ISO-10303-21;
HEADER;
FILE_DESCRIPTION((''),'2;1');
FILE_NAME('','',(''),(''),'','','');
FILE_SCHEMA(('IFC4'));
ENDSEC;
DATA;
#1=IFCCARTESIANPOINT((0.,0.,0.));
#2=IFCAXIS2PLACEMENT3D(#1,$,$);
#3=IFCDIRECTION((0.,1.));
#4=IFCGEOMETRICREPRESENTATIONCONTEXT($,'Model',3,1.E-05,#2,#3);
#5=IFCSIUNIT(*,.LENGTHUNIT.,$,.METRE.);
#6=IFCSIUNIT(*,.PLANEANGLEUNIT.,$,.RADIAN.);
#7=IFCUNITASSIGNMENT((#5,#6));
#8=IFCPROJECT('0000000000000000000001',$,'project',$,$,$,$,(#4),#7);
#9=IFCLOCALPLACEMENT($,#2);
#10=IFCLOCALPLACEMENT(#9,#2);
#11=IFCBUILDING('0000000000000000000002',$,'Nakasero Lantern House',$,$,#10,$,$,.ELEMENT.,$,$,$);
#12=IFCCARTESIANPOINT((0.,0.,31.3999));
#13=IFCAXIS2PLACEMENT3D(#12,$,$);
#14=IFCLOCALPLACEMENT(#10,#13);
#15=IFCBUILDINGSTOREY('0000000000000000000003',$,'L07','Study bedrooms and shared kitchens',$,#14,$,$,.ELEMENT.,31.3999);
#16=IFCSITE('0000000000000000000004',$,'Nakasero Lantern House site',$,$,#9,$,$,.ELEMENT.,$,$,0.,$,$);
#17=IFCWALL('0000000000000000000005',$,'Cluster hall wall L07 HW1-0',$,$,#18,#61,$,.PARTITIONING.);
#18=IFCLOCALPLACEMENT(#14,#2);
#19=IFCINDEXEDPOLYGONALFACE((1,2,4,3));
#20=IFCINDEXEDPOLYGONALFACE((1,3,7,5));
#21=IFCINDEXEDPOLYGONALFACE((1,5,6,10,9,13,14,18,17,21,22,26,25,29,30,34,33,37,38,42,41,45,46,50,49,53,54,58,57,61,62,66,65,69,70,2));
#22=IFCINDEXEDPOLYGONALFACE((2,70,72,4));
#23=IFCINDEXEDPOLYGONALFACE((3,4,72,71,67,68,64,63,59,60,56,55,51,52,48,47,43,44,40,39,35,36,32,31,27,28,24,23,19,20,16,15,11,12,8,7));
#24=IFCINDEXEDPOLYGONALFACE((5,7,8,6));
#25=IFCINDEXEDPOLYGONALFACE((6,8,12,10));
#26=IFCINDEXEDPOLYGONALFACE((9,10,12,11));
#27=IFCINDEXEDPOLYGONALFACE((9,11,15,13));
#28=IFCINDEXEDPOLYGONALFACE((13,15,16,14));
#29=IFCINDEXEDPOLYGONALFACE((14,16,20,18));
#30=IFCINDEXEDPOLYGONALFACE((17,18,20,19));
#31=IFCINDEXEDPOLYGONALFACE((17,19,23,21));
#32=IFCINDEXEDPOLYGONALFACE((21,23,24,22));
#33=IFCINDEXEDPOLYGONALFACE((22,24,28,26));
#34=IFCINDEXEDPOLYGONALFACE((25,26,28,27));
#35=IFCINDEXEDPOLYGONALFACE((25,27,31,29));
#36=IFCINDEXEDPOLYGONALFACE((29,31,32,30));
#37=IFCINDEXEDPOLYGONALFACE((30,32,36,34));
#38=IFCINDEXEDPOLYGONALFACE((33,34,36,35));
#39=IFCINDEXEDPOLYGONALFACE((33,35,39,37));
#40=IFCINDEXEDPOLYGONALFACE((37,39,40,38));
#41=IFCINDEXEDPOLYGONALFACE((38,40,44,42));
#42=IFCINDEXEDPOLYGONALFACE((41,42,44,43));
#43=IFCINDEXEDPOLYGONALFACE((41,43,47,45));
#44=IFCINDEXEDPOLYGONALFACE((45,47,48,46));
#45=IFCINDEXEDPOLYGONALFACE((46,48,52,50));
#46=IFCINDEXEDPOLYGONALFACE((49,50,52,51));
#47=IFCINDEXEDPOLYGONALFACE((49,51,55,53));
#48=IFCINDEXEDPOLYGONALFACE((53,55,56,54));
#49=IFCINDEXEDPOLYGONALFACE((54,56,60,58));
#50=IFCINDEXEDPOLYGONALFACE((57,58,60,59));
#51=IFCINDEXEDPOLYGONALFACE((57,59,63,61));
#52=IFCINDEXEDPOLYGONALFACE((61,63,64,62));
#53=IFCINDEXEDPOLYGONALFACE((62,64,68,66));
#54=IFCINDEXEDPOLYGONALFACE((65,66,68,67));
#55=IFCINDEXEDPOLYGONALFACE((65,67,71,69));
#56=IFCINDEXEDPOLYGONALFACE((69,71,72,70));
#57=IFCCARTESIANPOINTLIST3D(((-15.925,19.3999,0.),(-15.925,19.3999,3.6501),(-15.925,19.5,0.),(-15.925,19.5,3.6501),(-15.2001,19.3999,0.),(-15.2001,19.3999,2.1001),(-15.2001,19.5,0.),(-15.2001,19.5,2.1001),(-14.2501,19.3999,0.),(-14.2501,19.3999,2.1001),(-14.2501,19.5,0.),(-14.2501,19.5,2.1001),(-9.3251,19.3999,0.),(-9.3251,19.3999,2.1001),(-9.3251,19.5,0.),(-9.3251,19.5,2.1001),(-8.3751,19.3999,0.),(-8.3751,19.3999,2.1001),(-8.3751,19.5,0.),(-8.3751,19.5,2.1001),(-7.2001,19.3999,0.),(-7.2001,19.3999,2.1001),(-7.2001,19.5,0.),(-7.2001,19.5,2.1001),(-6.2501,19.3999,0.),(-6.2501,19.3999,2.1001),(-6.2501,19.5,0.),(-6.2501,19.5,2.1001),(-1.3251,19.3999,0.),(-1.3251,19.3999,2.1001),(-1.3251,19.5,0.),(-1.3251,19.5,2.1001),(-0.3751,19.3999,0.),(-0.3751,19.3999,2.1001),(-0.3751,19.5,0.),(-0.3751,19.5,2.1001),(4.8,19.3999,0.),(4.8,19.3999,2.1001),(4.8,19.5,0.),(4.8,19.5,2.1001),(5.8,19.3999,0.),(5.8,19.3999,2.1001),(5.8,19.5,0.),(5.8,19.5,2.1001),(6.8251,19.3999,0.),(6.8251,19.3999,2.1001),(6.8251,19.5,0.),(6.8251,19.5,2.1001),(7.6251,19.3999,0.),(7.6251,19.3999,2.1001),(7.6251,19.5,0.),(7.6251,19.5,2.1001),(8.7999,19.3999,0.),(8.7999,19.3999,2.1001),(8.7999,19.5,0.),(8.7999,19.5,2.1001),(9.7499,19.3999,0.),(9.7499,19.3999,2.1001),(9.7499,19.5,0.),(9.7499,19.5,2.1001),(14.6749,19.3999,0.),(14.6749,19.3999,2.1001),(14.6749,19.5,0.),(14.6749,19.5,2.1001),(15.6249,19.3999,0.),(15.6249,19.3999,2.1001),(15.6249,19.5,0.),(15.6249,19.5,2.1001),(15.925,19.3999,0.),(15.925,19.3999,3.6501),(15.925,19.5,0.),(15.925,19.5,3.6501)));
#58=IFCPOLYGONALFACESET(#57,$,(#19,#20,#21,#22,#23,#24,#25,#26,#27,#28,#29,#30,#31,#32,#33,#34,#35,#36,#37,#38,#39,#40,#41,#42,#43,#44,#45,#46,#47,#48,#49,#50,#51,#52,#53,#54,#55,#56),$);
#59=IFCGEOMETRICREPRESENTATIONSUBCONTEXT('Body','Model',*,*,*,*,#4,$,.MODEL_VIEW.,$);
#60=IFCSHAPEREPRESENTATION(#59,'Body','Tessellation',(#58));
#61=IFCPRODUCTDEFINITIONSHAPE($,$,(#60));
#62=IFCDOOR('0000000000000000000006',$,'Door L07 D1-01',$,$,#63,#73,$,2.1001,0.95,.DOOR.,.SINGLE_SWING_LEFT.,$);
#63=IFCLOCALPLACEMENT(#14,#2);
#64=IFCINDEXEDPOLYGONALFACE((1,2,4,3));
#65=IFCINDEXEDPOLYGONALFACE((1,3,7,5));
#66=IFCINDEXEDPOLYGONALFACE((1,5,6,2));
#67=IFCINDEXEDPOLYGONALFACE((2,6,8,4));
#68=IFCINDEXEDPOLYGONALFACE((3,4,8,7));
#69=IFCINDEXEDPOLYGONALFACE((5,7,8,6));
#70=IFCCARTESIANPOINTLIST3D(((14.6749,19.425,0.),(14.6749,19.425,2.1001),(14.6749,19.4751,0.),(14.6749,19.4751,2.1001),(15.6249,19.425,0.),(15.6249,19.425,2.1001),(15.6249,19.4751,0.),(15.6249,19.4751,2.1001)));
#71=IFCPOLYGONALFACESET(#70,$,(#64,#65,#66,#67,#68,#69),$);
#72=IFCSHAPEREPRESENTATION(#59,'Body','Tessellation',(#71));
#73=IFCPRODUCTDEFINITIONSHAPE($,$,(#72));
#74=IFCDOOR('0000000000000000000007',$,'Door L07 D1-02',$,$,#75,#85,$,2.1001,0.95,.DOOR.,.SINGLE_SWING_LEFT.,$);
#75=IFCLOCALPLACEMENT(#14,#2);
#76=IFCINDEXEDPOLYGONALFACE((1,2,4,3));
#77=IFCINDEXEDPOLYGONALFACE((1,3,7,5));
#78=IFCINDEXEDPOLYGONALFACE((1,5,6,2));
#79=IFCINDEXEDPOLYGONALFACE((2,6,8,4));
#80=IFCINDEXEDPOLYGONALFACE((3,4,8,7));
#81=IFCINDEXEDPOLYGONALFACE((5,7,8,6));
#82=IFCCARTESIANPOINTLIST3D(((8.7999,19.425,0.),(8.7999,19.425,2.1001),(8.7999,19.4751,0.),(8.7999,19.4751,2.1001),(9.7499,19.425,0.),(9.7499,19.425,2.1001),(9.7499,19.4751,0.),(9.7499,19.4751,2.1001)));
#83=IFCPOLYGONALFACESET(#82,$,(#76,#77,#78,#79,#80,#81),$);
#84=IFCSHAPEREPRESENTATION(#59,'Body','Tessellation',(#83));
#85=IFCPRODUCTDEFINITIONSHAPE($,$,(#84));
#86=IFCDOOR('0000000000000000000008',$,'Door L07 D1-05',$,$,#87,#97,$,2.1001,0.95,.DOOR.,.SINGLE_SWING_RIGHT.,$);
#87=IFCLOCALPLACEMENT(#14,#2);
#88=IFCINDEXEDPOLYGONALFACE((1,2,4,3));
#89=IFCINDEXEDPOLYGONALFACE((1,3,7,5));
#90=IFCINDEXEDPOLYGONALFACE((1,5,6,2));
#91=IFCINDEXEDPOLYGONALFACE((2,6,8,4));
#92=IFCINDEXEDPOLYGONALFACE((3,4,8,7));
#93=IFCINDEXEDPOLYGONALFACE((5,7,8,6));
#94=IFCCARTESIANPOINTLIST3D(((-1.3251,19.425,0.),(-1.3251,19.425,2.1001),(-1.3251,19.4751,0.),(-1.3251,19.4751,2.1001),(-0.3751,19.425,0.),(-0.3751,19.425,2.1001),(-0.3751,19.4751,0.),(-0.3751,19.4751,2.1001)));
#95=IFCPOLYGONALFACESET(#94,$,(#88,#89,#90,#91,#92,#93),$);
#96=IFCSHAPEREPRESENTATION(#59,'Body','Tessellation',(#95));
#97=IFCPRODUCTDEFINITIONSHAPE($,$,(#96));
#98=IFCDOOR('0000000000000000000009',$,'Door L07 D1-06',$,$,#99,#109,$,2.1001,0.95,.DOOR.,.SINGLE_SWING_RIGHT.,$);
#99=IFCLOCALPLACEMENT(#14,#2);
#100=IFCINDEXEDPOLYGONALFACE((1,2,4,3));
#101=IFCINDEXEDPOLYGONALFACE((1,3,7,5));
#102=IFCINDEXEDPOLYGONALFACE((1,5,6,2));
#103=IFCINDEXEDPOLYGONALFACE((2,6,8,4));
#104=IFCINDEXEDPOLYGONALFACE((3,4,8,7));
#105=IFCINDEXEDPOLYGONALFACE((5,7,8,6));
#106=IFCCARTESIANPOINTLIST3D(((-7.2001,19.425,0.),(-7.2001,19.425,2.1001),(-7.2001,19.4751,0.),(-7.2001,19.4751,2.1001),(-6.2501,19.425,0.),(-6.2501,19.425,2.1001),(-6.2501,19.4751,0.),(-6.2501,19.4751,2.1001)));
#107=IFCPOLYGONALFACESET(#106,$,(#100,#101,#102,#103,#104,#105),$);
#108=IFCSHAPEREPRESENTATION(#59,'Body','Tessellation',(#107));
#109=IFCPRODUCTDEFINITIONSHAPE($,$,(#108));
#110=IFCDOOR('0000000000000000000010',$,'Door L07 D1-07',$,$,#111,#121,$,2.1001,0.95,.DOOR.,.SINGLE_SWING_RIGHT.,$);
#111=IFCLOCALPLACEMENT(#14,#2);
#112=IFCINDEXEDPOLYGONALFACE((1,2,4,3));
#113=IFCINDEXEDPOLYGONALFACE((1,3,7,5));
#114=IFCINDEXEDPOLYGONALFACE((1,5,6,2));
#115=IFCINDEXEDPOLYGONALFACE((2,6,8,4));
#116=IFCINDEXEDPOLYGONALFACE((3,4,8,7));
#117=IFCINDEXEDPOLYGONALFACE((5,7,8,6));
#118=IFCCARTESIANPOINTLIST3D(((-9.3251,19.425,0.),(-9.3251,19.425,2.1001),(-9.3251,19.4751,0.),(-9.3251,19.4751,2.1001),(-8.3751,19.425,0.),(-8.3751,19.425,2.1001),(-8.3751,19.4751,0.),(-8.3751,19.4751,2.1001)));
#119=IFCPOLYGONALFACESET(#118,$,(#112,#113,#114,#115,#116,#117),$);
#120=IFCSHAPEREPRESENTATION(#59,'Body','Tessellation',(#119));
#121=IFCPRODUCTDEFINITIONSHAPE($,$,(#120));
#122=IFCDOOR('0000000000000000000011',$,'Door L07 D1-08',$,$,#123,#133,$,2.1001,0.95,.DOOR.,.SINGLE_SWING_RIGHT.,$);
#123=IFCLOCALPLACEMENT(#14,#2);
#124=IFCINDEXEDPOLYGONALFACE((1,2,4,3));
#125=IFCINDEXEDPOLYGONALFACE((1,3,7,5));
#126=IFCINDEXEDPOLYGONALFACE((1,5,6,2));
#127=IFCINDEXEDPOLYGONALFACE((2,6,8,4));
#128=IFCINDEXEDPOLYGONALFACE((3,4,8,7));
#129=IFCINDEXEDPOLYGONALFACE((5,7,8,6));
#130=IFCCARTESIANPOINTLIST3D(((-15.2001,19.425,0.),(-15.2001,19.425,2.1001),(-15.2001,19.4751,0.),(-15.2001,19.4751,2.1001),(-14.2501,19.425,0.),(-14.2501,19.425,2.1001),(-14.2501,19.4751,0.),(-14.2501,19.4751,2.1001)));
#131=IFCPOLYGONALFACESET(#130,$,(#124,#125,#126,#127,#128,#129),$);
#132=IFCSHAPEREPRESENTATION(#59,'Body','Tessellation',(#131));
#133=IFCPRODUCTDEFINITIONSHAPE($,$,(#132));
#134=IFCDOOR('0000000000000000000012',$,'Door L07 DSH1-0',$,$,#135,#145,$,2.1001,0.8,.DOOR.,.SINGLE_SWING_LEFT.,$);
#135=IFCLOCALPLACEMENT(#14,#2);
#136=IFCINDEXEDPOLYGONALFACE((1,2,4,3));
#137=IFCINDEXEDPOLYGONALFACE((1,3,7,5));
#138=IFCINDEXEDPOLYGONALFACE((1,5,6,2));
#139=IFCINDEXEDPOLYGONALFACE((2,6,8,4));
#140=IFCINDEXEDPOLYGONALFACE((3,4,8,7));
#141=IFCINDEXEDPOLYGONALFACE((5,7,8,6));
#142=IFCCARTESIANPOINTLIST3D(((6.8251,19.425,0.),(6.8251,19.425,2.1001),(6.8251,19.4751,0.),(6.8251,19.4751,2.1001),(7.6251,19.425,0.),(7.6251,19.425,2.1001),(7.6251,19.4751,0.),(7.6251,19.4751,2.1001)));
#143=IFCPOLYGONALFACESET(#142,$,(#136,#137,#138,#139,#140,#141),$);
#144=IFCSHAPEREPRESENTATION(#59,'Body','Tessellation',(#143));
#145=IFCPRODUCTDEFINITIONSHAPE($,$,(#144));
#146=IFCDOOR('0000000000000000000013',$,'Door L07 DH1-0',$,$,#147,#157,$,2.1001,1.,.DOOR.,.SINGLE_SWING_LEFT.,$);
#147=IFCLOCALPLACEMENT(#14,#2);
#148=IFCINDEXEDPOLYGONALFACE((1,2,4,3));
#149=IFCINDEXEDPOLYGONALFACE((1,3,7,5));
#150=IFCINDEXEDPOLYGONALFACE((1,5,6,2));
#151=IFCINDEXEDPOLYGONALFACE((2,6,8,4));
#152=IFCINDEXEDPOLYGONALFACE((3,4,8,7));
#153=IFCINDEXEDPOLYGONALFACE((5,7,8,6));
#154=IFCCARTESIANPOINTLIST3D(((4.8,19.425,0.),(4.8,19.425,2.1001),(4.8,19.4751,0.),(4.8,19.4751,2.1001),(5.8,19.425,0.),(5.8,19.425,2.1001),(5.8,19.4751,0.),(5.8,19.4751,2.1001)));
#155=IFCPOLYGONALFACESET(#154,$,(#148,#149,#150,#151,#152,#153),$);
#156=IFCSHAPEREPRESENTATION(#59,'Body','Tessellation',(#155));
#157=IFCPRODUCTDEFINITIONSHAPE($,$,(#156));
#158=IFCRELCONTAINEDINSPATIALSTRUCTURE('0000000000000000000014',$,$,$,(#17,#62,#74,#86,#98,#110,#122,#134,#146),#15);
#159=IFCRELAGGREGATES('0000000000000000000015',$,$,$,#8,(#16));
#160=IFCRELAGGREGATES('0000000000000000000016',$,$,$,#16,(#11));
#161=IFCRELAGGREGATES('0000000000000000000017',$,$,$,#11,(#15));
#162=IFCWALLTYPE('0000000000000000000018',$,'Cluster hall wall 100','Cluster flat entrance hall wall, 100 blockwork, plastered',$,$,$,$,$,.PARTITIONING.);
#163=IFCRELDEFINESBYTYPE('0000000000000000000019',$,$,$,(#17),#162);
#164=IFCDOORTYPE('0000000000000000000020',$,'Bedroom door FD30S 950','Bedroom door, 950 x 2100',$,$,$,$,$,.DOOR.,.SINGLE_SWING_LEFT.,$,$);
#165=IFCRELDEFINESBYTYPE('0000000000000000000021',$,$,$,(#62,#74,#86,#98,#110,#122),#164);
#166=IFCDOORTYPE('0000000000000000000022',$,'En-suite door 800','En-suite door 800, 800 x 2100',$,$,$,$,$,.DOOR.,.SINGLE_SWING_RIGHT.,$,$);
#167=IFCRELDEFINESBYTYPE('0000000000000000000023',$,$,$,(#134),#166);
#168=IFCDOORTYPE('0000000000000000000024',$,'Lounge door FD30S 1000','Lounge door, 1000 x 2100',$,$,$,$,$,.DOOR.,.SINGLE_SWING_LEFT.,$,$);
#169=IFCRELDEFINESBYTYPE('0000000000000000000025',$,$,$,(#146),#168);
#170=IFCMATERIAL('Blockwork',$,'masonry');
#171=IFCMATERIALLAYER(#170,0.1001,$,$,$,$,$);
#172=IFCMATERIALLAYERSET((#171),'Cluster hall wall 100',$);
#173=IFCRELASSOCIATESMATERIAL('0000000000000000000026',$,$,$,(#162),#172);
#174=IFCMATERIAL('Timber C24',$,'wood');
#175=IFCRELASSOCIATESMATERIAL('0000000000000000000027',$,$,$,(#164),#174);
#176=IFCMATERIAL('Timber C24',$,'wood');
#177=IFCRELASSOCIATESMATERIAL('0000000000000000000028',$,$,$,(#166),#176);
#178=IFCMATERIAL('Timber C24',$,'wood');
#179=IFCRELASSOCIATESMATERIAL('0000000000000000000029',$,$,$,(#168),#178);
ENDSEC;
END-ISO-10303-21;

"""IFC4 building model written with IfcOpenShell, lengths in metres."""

from ifc_helpers import new_model, si_unit, direction, frame, frame_2d, origin, place, context, subcontext, project, spatial, rectangle, extrude, material, layer, layer_set, type_object, element, fill, save


model = new_model("IFC4")

# Units and contexts
model_context = context("Model", 3, precision=1e-05, world=origin(), true_north=direction((0.0, 1.0)))
body_context = subcontext(model_context, "Body", "Model", "MODEL_VIEW")
ifc_project = project(units=[si_unit("LENGTHUNIT", "METRE"), si_unit("PLANEANGLEUNIT", "RADIAN")], contexts=[model_context])

# Site, building, storey
site_placement = place(None, origin())
site = spatial("IfcSite", under=ifc_project, at=site_placement, Name="Nakasero Lantern House site", CompositionType="ELEMENT", RefElevation=0.0)
building_placement = place(site_placement, origin())
building = spatial("IfcBuilding", under=site, at=building_placement, Name="Nakasero Lantern House", CompositionType="ELEMENT")
storey_placement = place(building_placement, frame((0.0, 0.0, 31.3999)))
storey = spatial("IfcBuildingStorey", under=building, at=storey_placement, Name="L07", Description="Study bedrooms and shared kitchens", CompositionType="ELEMENT", Elevation=31.3999)

# Wall, openings, doors
ifc_material_1 = material(Name="Blockwork", Category="masonry")
ifc_layer_1 = layer(ifc_material_1, 0.1001)
ifc_layer_set_1 = layer_set([ifc_layer_1], Name="Cluster hall wall 100")
wall_type_1 = type_object("IfcWallType", Name="Cluster hall wall 100", Description="Cluster flat entrance hall wall, 100 blockwork, plastered", PredefinedType="PARTITIONING", material=ifc_layer_set_1)
wall_1_placement = place(storey_placement, frame((15.925, 19.45, 0.0), z_axis=(0.0, 0.0, 1.0), x_axis=(-1.0, 0.0, 0.0)))
wall_1 = element("IfcWall", 1, at=wall_1_placement, inside=storey, type_object=wall_type_1, Name="Cluster hall wall L07 HW1-0", PredefinedType="PARTITIONING", context=body_context, shape_type="SweptSolid", body=[
    extrude(rectangle(XDim=31.8501, YDim=0.1001, at=frame_2d((15.925, 0.0))), origin(), (0.0, 0.0, 1.0), 3.6501),
])
opening_1_placement = place(wall_1_placement, frame((10.125, 0.0, 0.0)))
opening_1 = element("IfcOpeningElement", 2, at=opening_1_placement, cuts=wall_1, PredefinedType="OPENING", context=body_context, shape_type="SweptSolid", body=[
    extrude(rectangle(XDim=1.0, YDim=2.1001, at=frame_2d((0.5, 1.05))), frame((0.0, 0.0701, 0.0), z_axis=(0.0, -1.0, 0.0), x_axis=(1.0, 0.0, 0.0)), (0.0, 0.0, 1.0), 0.1401),
])
opening_2_placement = place(wall_1_placement, frame((8.3, 0.0, 0.0)))
opening_2 = element("IfcOpeningElement", 3, at=opening_2_placement, cuts=wall_1, PredefinedType="OPENING", context=body_context, shape_type="SweptSolid", body=[
    extrude(rectangle(XDim=0.8, YDim=2.1001, at=frame_2d((0.3999, 1.05))), frame((0.0, 0.0701, 0.0), z_axis=(0.0, -1.0, 0.0), x_axis=(1.0, 0.0, 0.0)), (0.0, 0.0, 1.0), 0.1401),
])
opening_3_placement = place(wall_1_placement, frame((0.3, 0.0, 0.0)))
opening_3 = element("IfcOpeningElement", 4, at=opening_3_placement, cuts=wall_1, PredefinedType="OPENING", context=body_context, shape_type="SweptSolid", body=[
    extrude(rectangle(XDim=0.95, YDim=2.1001, at=frame_2d((0.4751, 1.05))), frame((0.0, 0.0701, 0.0), z_axis=(0.0, -1.0, 0.0), x_axis=(1.0, 0.0, 0.0)), (0.0, 0.0, 1.0), 0.1401),
])
opening_4_placement = place(wall_1_placement, frame((6.175, 0.0, 0.0)))
opening_4 = element("IfcOpeningElement", 5, at=opening_4_placement, cuts=wall_1, PredefinedType="OPENING", context=body_context, shape_type="SweptSolid", body=[
    extrude(rectangle(XDim=0.95, YDim=2.1001, at=frame_2d((0.4751, 1.05))), frame((0.0, 0.0701, 0.0), z_axis=(0.0, -1.0, 0.0), x_axis=(1.0, 0.0, 0.0)), (0.0, 0.0, 1.0), 0.1401),
])
opening_5_placement = place(wall_1_placement, frame((16.3, 0.0, 0.0)))
opening_5 = element("IfcOpeningElement", 6, at=opening_5_placement, cuts=wall_1, PredefinedType="OPENING", context=body_context, shape_type="SweptSolid", body=[
    extrude(rectangle(XDim=0.95, YDim=2.1001, at=frame_2d((0.4751, 1.05))), frame((0.0, 0.0701, 0.0), z_axis=(0.0, -1.0, 0.0), x_axis=(1.0, 0.0, 0.0)), (0.0, 0.0, 1.0), 0.1401),
])
opening_6_placement = place(wall_1_placement, frame((22.175, 0.0, 0.0)))
opening_6 = element("IfcOpeningElement", 7, at=opening_6_placement, cuts=wall_1, PredefinedType="OPENING", context=body_context, shape_type="SweptSolid", body=[
    extrude(rectangle(XDim=0.95, YDim=2.1001, at=frame_2d((0.4751, 1.05))), frame((0.0, 0.0701, 0.0), z_axis=(0.0, -1.0, 0.0), x_axis=(1.0, 0.0, 0.0)), (0.0, 0.0, 1.0), 0.1401),
])
opening_7_placement = place(wall_1_placement, frame((24.3, 0.0, 0.0)))
opening_7 = element("IfcOpeningElement", 8, at=opening_7_placement, cuts=wall_1, PredefinedType="OPENING", context=body_context, shape_type="SweptSolid", body=[
    extrude(rectangle(XDim=0.95, YDim=2.1001, at=frame_2d((0.4751, 1.05))), frame((0.0, 0.0701, 0.0), z_axis=(0.0, -1.0, 0.0), x_axis=(1.0, 0.0, 0.0)), (0.0, 0.0, 1.0), 0.1401),
])
opening_8_placement = place(wall_1_placement, frame((30.175, 0.0, 0.0)))
opening_8 = element("IfcOpeningElement", 9, at=opening_8_placement, cuts=wall_1, PredefinedType="OPENING", context=body_context, shape_type="SweptSolid", body=[
    extrude(rectangle(XDim=0.95, YDim=2.1001, at=frame_2d((0.4751, 1.05))), frame((0.0, 0.0701, 0.0), z_axis=(0.0, -1.0, 0.0), x_axis=(1.0, 0.0, 0.0)), (0.0, 0.0, 1.0), 0.1401),
])
ifc_material_2 = material(Name="Timber C24", Category="wood")
door_type_1 = type_object("IfcDoorType", Name="Bedroom door FD30S 950", Description="Bedroom door, 950 x 2100", OperationType="SINGLE_SWING_LEFT", PredefinedType="DOOR", material=ifc_material_2)
door_1_placement = place(opening_3_placement, origin())
door_1 = element("IfcDoor", 10, at=door_1_placement, inside=storey, type_object=door_type_1, Name="Door L07 D1-01", OperationType="SINGLE_SWING_LEFT", OverallHeight=2.1001, OverallWidth=0.95, PredefinedType="DOOR", context=body_context, shape_type="SweptSolid", body=[
    extrude(rectangle(XDim=0.95, YDim=2.1001, at=frame_2d((0.4751, 1.05))), frame((0.0, 0.0249, 0.0), z_axis=(0.0, -1.0, 0.0), x_axis=(1.0, 0.0, 0.0)), (0.0, 0.0, 1.0), 0.05),
])
fill(opening_3, door_1)
door_2_placement = place(opening_4_placement, origin())
door_2 = element("IfcDoor", 11, at=door_2_placement, inside=storey, type_object=door_type_1, Name="Door L07 D1-02", OperationType="SINGLE_SWING_LEFT", OverallHeight=2.1001, OverallWidth=0.95, PredefinedType="DOOR", context=body_context, shape_type="SweptSolid", body=[
    extrude(rectangle(XDim=0.95, YDim=2.1001, at=frame_2d((0.4751, 1.05))), frame((0.0, 0.0249, 0.0), z_axis=(0.0, -1.0, 0.0), x_axis=(1.0, 0.0, 0.0)), (0.0, 0.0, 1.0), 0.05),
])
fill(opening_4, door_2)
door_3_placement = place(opening_5_placement, origin())
door_3 = element("IfcDoor", 12, at=door_3_placement, inside=storey, type_object=door_type_1, Name="Door L07 D1-05", OperationType="SINGLE_SWING_RIGHT", OverallHeight=2.1001, OverallWidth=0.95, PredefinedType="DOOR", context=body_context, shape_type="SweptSolid", body=[
    extrude(rectangle(XDim=0.95, YDim=2.1001, at=frame_2d((0.4751, 1.05))), frame((0.0, 0.0249, 0.0), z_axis=(0.0, -1.0, 0.0), x_axis=(1.0, 0.0, 0.0)), (0.0, 0.0, 1.0), 0.05),
])
fill(opening_5, door_3)
door_4_placement = place(opening_6_placement, origin())
door_4 = element("IfcDoor", 13, at=door_4_placement, inside=storey, type_object=door_type_1, Name="Door L07 D1-06", OperationType="SINGLE_SWING_RIGHT", OverallHeight=2.1001, OverallWidth=0.95, PredefinedType="DOOR", context=body_context, shape_type="SweptSolid", body=[
    extrude(rectangle(XDim=0.95, YDim=2.1001, at=frame_2d((0.4751, 1.05))), frame((0.0, 0.0249, 0.0), z_axis=(0.0, -1.0, 0.0), x_axis=(1.0, 0.0, 0.0)), (0.0, 0.0, 1.0), 0.05),
])
fill(opening_6, door_4)
door_5_placement = place(opening_7_placement, origin())
door_5 = element("IfcDoor", 14, at=door_5_placement, inside=storey, type_object=door_type_1, Name="Door L07 D1-07", OperationType="SINGLE_SWING_RIGHT", OverallHeight=2.1001, OverallWidth=0.95, PredefinedType="DOOR", context=body_context, shape_type="SweptSolid", body=[
    extrude(rectangle(XDim=0.95, YDim=2.1001, at=frame_2d((0.4751, 1.05))), frame((0.0, 0.0249, 0.0), z_axis=(0.0, -1.0, 0.0), x_axis=(1.0, 0.0, 0.0)), (0.0, 0.0, 1.0), 0.05),
])
fill(opening_7, door_5)
door_6_placement = place(opening_8_placement, origin())
door_6 = element("IfcDoor", 15, at=door_6_placement, inside=storey, type_object=door_type_1, Name="Door L07 D1-08", OperationType="SINGLE_SWING_RIGHT", OverallHeight=2.1001, OverallWidth=0.95, PredefinedType="DOOR", context=body_context, shape_type="SweptSolid", body=[
    extrude(rectangle(XDim=0.95, YDim=2.1001, at=frame_2d((0.4751, 1.05))), frame((0.0, 0.0249, 0.0), z_axis=(0.0, -1.0, 0.0), x_axis=(1.0, 0.0, 0.0)), (0.0, 0.0, 1.0), 0.05),
])
fill(opening_8, door_6)
ifc_material_3 = material(Name="Timber C24", Category="wood")
door_type_2 = type_object("IfcDoorType", Name="En-suite door 800", Description="En-suite door 800, 800 x 2100", OperationType="SINGLE_SWING_RIGHT", PredefinedType="DOOR", material=ifc_material_3)
door_7_placement = place(opening_2_placement, origin())
door_7 = element("IfcDoor", 16, at=door_7_placement, inside=storey, type_object=door_type_2, Name="Door L07 DSH1-0", OperationType="SINGLE_SWING_LEFT", OverallHeight=2.1001, OverallWidth=0.8, PredefinedType="DOOR", context=body_context, shape_type="SweptSolid", body=[
    extrude(rectangle(XDim=0.8, YDim=2.1001, at=frame_2d((0.3999, 1.05))), frame((0.0, 0.0249, 0.0), z_axis=(0.0, -1.0, 0.0), x_axis=(1.0, 0.0, 0.0)), (0.0, 0.0, 1.0), 0.05),
])
fill(opening_2, door_7)
ifc_material_4 = material(Name="Timber C24", Category="wood")
door_type_3 = type_object("IfcDoorType", Name="Lounge door FD30S 1000", Description="Lounge door, 1000 x 2100", OperationType="SINGLE_SWING_LEFT", PredefinedType="DOOR", material=ifc_material_4)
door_8_placement = place(opening_1_placement, origin())
door_8 = element("IfcDoor", 17, at=door_8_placement, inside=storey, type_object=door_type_3, Name="Door L07 DH1-0", OperationType="SINGLE_SWING_LEFT", OverallHeight=2.1001, OverallWidth=1.0, PredefinedType="DOOR", context=body_context, shape_type="SweptSolid", body=[
    extrude(rectangle(XDim=1.0, YDim=2.1001, at=frame_2d((0.5, 1.05))), frame((0.0, 0.0249, 0.0), z_axis=(0.0, -1.0, 0.0), x_axis=(1.0, 0.0, 0.0)), (0.0, 0.0, 1.0), 0.05),
])
fill(opening_1, door_8)

save(model, "model.ifc")
